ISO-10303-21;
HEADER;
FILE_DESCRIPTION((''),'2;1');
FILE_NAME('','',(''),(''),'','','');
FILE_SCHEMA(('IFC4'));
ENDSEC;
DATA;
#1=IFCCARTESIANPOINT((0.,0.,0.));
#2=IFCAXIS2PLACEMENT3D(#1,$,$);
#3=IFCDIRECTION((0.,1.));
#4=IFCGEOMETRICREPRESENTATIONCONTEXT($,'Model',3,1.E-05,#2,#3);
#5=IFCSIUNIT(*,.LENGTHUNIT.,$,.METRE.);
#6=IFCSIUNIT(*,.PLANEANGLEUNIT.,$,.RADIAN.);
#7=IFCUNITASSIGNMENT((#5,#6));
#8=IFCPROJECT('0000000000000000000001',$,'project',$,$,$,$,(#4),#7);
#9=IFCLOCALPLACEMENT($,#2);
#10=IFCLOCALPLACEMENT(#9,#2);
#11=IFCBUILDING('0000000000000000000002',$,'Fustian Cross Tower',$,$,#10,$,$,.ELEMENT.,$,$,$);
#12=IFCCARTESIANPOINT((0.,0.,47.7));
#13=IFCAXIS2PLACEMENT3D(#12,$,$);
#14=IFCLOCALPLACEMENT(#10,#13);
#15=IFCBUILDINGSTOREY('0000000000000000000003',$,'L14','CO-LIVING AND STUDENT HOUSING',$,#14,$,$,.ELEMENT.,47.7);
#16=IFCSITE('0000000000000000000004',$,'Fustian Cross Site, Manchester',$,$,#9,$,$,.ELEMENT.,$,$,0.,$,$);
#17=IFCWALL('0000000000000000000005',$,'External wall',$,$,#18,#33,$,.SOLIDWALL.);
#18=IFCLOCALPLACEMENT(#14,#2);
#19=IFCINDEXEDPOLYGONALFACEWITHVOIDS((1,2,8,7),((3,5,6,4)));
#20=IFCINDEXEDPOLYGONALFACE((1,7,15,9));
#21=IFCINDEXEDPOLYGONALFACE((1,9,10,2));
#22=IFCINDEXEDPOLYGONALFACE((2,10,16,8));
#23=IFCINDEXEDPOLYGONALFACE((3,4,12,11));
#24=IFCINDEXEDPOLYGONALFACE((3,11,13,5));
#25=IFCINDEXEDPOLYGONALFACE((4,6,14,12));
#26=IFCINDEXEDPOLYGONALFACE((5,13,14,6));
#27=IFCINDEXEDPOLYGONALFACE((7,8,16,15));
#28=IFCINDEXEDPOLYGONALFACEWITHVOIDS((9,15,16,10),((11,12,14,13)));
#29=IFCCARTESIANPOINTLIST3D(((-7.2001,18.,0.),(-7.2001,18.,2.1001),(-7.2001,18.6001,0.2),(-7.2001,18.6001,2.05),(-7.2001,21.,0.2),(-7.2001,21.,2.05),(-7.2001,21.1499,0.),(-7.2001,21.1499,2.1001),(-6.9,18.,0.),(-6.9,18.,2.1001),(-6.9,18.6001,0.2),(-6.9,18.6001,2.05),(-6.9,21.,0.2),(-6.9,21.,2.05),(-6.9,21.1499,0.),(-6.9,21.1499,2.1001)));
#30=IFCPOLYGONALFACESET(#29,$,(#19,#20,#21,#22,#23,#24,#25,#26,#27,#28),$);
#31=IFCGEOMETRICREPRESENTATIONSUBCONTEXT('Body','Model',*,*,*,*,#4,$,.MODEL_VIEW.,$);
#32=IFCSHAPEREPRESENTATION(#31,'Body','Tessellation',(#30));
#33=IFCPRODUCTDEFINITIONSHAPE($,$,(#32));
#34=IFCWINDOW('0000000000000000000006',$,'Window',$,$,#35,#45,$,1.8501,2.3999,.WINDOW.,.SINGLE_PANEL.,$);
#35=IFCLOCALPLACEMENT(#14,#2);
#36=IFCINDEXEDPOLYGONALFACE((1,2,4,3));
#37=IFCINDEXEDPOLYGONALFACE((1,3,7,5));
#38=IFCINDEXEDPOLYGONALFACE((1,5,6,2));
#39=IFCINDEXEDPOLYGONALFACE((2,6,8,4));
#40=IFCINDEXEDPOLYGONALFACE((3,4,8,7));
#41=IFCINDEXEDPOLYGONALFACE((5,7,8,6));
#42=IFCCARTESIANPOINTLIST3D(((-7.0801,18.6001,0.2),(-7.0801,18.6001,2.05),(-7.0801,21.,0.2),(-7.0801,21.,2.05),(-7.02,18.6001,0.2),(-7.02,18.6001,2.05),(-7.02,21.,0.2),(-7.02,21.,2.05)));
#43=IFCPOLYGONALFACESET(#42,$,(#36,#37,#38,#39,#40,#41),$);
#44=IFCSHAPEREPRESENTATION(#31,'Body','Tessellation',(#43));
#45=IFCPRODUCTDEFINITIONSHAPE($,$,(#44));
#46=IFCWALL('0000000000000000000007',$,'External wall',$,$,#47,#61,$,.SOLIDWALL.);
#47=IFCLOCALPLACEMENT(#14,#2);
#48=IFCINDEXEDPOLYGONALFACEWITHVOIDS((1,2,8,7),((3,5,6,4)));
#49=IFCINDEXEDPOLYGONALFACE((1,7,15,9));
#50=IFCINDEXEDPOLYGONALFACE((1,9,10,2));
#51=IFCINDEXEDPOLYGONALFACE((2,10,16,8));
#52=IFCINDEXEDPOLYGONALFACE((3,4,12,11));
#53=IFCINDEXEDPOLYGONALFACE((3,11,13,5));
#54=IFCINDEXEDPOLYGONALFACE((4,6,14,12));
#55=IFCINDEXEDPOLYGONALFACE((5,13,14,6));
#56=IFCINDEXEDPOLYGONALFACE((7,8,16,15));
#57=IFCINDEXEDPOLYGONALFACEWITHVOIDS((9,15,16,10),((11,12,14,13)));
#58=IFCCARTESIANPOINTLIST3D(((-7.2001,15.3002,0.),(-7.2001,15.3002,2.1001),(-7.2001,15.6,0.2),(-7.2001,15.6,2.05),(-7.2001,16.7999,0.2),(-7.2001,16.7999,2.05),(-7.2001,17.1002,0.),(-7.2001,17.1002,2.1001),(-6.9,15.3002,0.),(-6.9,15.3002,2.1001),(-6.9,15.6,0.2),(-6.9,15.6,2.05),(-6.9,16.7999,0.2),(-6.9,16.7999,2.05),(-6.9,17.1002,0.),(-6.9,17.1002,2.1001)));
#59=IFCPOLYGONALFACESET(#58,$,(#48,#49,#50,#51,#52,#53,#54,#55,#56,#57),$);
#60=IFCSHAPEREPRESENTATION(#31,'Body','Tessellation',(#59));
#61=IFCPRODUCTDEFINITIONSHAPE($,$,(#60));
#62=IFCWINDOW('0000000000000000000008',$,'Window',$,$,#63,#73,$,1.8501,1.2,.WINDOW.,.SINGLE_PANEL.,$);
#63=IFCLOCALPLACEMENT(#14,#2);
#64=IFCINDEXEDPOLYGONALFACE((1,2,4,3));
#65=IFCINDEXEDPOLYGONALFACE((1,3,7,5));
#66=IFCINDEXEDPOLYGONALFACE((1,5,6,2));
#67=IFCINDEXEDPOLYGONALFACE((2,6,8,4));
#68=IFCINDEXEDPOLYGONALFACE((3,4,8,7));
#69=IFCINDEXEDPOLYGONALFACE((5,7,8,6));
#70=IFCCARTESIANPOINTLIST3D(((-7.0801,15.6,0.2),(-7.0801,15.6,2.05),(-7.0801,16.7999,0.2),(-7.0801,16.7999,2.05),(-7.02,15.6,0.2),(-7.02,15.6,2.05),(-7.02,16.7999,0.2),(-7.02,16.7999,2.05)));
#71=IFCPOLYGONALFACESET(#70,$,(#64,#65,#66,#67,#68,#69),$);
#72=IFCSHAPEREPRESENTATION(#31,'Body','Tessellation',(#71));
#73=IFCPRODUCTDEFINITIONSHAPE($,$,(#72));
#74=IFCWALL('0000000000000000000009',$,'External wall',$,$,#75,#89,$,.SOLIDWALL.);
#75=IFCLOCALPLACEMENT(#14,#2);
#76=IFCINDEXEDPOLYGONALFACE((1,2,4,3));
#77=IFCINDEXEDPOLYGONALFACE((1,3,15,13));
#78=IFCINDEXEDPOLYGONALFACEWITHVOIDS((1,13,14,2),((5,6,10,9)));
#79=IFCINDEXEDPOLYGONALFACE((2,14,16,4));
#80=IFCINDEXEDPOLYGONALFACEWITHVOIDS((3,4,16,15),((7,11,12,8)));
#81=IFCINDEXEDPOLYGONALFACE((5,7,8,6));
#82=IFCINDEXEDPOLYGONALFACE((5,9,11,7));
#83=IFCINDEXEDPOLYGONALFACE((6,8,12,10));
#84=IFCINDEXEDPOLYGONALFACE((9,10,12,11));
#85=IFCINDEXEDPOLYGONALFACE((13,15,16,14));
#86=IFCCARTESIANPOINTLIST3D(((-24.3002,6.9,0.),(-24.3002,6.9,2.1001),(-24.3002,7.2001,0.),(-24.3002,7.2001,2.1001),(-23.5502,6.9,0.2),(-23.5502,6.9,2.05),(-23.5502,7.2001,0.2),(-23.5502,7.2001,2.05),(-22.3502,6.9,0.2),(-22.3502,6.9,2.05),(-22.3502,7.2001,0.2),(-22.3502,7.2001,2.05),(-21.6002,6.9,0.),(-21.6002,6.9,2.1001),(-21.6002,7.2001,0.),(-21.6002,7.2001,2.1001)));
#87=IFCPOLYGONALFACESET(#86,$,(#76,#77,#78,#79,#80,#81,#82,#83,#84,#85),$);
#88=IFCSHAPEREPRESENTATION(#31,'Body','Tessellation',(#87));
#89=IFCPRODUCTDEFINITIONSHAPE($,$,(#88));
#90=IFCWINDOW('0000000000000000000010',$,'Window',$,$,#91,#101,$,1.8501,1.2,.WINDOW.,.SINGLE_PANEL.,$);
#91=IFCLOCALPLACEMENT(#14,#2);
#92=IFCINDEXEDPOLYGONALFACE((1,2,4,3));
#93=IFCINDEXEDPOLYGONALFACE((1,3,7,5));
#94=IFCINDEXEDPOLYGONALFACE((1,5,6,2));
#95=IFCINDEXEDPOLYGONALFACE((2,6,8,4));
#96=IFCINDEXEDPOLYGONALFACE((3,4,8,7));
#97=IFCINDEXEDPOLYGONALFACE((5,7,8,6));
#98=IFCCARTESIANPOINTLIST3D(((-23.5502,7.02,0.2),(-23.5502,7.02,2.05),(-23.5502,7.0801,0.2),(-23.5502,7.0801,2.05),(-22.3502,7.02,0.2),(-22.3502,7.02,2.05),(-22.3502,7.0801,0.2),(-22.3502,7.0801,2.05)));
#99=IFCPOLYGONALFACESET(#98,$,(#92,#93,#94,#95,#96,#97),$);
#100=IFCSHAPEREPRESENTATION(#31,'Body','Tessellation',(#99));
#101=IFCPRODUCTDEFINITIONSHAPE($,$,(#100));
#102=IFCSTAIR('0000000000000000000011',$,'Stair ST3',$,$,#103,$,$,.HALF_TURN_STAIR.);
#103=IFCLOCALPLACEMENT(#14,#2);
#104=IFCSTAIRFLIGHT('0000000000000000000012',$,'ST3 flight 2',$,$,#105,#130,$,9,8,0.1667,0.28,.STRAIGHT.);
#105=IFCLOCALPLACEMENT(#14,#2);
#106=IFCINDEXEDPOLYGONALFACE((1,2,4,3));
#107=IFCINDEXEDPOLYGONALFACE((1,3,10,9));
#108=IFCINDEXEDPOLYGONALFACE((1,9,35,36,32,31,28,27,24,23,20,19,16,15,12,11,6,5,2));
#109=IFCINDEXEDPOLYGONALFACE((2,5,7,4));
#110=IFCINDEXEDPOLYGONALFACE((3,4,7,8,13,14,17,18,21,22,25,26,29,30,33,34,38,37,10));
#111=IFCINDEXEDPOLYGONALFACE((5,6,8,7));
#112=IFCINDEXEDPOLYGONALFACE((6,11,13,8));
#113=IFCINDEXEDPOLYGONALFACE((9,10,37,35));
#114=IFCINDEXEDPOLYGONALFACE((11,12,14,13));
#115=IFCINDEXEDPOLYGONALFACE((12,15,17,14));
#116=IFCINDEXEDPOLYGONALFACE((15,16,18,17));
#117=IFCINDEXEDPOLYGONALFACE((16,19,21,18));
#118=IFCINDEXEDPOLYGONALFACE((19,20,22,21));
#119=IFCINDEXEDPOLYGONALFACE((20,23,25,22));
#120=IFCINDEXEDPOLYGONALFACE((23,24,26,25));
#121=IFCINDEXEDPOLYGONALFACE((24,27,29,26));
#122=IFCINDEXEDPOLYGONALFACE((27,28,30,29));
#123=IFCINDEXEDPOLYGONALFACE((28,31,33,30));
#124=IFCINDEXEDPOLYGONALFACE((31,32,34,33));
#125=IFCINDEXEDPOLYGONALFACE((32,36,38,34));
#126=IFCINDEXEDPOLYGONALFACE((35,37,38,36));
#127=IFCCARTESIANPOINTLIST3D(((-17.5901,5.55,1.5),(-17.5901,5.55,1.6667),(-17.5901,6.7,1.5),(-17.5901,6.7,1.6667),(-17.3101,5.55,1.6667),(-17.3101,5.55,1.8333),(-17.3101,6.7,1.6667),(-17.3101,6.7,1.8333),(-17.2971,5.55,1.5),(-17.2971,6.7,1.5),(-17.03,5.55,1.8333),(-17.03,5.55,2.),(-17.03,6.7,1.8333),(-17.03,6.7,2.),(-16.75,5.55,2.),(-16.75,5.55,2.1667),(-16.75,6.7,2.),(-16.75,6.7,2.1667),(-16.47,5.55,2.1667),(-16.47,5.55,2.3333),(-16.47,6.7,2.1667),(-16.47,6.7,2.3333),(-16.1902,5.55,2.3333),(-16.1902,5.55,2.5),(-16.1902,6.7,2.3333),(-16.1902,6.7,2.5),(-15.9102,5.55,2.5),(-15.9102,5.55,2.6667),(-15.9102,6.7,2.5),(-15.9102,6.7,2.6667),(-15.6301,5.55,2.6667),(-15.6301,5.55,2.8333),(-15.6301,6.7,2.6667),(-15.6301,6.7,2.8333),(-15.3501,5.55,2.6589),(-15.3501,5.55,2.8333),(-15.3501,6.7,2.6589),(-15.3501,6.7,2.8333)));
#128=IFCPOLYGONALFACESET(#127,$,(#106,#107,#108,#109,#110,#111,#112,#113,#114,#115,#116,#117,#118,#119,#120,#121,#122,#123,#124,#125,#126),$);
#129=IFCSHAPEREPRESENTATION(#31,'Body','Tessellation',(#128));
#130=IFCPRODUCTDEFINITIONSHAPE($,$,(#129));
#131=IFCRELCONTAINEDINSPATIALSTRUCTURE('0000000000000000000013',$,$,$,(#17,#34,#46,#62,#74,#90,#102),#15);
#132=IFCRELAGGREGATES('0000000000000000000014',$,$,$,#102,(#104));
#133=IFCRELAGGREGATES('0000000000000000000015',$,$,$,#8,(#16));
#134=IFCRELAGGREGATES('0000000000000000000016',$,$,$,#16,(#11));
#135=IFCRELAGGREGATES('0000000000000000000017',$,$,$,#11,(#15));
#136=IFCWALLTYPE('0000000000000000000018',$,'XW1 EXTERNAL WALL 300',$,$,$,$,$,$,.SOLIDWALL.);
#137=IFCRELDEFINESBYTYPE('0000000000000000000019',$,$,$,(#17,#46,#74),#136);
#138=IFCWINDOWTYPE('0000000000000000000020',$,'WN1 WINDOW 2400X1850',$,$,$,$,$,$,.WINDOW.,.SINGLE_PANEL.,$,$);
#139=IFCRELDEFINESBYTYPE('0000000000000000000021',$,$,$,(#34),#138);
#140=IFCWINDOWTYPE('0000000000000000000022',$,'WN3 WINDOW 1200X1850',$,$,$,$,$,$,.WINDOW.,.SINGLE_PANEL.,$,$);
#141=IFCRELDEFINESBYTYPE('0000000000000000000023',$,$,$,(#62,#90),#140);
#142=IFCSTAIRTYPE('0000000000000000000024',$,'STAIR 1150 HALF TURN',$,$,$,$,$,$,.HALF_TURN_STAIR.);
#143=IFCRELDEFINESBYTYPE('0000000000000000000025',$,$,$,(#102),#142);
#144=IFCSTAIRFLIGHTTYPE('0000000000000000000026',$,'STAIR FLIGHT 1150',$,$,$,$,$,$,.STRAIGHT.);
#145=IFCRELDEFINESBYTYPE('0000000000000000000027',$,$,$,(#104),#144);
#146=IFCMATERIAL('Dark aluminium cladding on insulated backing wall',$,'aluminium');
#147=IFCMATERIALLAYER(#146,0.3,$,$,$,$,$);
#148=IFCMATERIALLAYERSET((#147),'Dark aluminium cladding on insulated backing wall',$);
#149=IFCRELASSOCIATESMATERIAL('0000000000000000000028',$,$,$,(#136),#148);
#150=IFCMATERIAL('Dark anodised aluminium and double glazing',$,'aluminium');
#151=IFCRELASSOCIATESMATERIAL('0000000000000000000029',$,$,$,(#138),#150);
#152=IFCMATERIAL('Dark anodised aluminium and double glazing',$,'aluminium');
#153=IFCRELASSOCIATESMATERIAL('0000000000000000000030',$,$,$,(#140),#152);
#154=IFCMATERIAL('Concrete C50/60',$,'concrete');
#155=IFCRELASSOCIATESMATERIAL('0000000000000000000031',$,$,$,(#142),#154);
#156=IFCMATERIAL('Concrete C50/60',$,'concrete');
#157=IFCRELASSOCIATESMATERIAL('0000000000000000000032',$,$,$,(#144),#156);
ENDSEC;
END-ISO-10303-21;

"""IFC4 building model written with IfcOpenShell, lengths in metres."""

from ifc_helpers import new_model, si_unit, direction, frame, frame_2d, origin, place, context, subcontext, project, spatial, polyline, rectangle, outline, extrude, material, layer, layer_set, type_object, element, fill, aggregate, save


model = new_model("IFC4")

# Units and contexts
model_context = context("Model", 3, precision=1e-05, world=origin(), true_north=direction((0.0, 1.0)))
body_context = subcontext(model_context, "Body", "Model", "MODEL_VIEW")
ifc_project = project(units=[si_unit("LENGTHUNIT", "METRE"), si_unit("PLANEANGLEUNIT", "RADIAN")], contexts=[model_context])

# Site, building, storey
site_placement = place(None, origin())
site = spatial("IfcSite", under=ifc_project, at=site_placement, Name="Fustian Cross Site, Manchester", CompositionType="ELEMENT", RefElevation=0.0)
building_placement = place(site_placement, origin())
building = spatial("IfcBuilding", under=site, at=building_placement, Name="Fustian Cross Tower", CompositionType="ELEMENT")
storey_placement = place(building_placement, frame((0.0, 0.0, 47.7)))
storey = spatial("IfcBuildingStorey", under=building, at=storey_placement, Name="L14", Description="CO-LIVING AND STUDENT HOUSING", CompositionType="ELEMENT", Elevation=47.7)

# Shared definitions
ifc_material_1 = material(Name="Dark aluminium cladding on insulated backing wall", Category="aluminium")
ifc_layer_1 = layer(ifc_material_1, 0.3)
ifc_layer_set_1 = layer_set([ifc_layer_1], Name="Dark aluminium cladding on insulated backing wall")
wall_type_1 = type_object("IfcWallType", Name="XW1 EXTERNAL WALL 300", PredefinedType="SOLIDWALL", material=ifc_layer_set_1)

# Shared definitions
ifc_material_2 = material(Name="Dark anodised aluminium and double glazing", Category="aluminium")
window_type_1 = type_object("IfcWindowType", Name="WN1 WINDOW 2400X1850", PartitioningType="SINGLE_PANEL", PredefinedType="WINDOW", material=ifc_material_2)

# Walls, openings, windows
wall_1_placement = place(storey_placement, frame((-7.05, 21.1499, 0.0), z_axis=(0.0, 0.0, 1.0), x_axis=(0.0, -1.0, 0.0)))
wall_1 = element("IfcWall", 1, at=wall_1_placement, inside=storey, type_object=wall_type_1, Name="External wall", PredefinedType="SOLIDWALL", context=body_context, shape_type="SweptSolid", body=[
    extrude(rectangle(XDim=3.1499, YDim=0.3, at=frame_2d((1.575, 0.0))), origin(), (0.0, 0.0, 1.0), 2.1001),
])
opening_1_placement = place(wall_1_placement, frame((0.1499, 0.0, 0.2)))
opening_1 = element("IfcOpeningElement", 2, at=opening_1_placement, cuts=wall_1, PredefinedType="OPENING", context=body_context, shape_type="SweptSolid", body=[
    extrude(rectangle(XDim=2.3999, YDim=1.8501, at=frame_2d((1.2, 0.925))), frame((0.0, 0.1599, 0.0), z_axis=(0.0, -1.0, 0.0), x_axis=(1.0, 0.0, 0.0)), (0.0, 0.0, 1.0), 0.3201),
])
window_1_placement = place(opening_1_placement, origin())
window_1 = element("IfcWindow", 3, at=window_1_placement, inside=storey, type_object=window_type_1, Name="Window", OverallHeight=1.8501, OverallWidth=2.3999, PartitioningType="SINGLE_PANEL", PredefinedType="WINDOW", context=body_context, shape_type="SweptSolid", body=[
    extrude(rectangle(XDim=2.3999, YDim=1.8501, at=frame_2d((1.2, 0.925))), frame((0.0, 0.03, 0.0), z_axis=(0.0, -1.0, 0.0), x_axis=(1.0, 0.0, 0.0)), (0.0, 0.0, 1.0), 0.0601),
])
fill(opening_1, window_1)
wall_2_placement = place(storey_placement, frame((-7.05, 17.1001, 0.0), z_axis=(0.0, 0.0, 1.0), x_axis=(0.0, -1.0, 0.0)))
wall_2 = element("IfcWall", 4, at=wall_2_placement, inside=storey, type_object=wall_type_1, Name="External wall", PredefinedType="SOLIDWALL", context=body_context, shape_type="SweptSolid", body=[
    extrude(rectangle(XDim=1.8, YDim=0.3, at=frame_2d((0.8999, 0.0))), origin(), (0.0, 0.0, 1.0), 2.1001),
])
opening_2_placement = place(wall_2_placement, frame((0.3, 0.0, 0.2)))
opening_2 = element("IfcOpeningElement", 5, at=opening_2_placement, cuts=wall_2, PredefinedType="OPENING", context=body_context, shape_type="SweptSolid", body=[
    extrude(rectangle(XDim=1.2, YDim=1.8501, at=frame_2d((0.6001, 0.925))), frame((0.0, 0.1599, 0.0), z_axis=(0.0, -1.0, 0.0), x_axis=(1.0, 0.0, 0.0)), (0.0, 0.0, 1.0), 0.3201),
])
ifc_material_3 = material(Name="Dark anodised aluminium and double glazing", Category="aluminium")
window_type_2 = type_object("IfcWindowType", Name="WN3 WINDOW 1200X1850", PartitioningType="SINGLE_PANEL", PredefinedType="WINDOW", material=ifc_material_3)
window_2_placement = place(opening_2_placement, origin())
window_2 = element("IfcWindow", 6, at=window_2_placement, inside=storey, type_object=window_type_2, Name="Window", OverallHeight=1.8501, OverallWidth=1.2, PartitioningType="SINGLE_PANEL", PredefinedType="WINDOW", context=body_context, shape_type="SweptSolid", body=[
    extrude(rectangle(XDim=1.2, YDim=1.8501, at=frame_2d((0.6001, 0.925))), frame((0.0, 0.03, 0.0), z_axis=(0.0, -1.0, 0.0), x_axis=(1.0, 0.0, 0.0)), (0.0, 0.0, 1.0), 0.0601),
])
fill(opening_2, window_2)
wall_3_placement = place(storey_placement, frame((-21.6001, 7.05, 0.0), z_axis=(0.0, 0.0, 1.0), x_axis=(-1.0, 0.0, 0.0)))
wall_3 = element("IfcWall", 7, at=wall_3_placement, inside=storey, type_object=wall_type_1, Name="External wall", PredefinedType="SOLIDWALL", context=body_context, shape_type="SweptSolid", body=[
    extrude(rectangle(XDim=2.7, YDim=0.3, at=frame_2d((1.3501, 0.0))), origin(), (0.0, 0.0, 1.0), 2.1001),
])
opening_3_placement = place(wall_3_placement, frame((0.75, 0.0, 0.2)))
opening_3 = element("IfcOpeningElement", 8, at=opening_3_placement, cuts=wall_3, PredefinedType="OPENING", context=body_context, shape_type="SweptSolid", body=[
    extrude(rectangle(XDim=1.2, YDim=1.8501, at=frame_2d((0.6001, 0.925))), frame((0.0, 0.1599, 0.0), z_axis=(0.0, -1.0, 0.0), x_axis=(1.0, 0.0, 0.0)), (0.0, 0.0, 1.0), 0.3201),
])
window_3_placement = place(opening_3_placement, origin())
window_3 = element("IfcWindow", 9, at=window_3_placement, inside=storey, type_object=window_type_2, Name="Window", OverallHeight=1.8501, OverallWidth=1.2, PartitioningType="SINGLE_PANEL", PredefinedType="WINDOW", context=body_context, shape_type="SweptSolid", body=[
    extrude(rectangle(XDim=1.2, YDim=1.8501, at=frame_2d((0.6001, 0.925))), frame((0.0, 0.03, 0.0), z_axis=(0.0, -1.0, 0.0), x_axis=(1.0, 0.0, 0.0)), (0.0, 0.0, 1.0), 0.0601),
])
fill(opening_3, window_3)

# Stair, stair flight
ifc_material_4 = material(Name="Concrete C50/60", Category="concrete")
stair_type = type_object("IfcStairType", Name="STAIR 1150 HALF TURN", PredefinedType="HALF_TURN_STAIR", material=ifc_material_4)
stair_placement = place(storey_placement, origin())
stair = element("IfcStair", 10, at=stair_placement, inside=storey, type_object=stair_type, Name="Stair ST3", PredefinedType="HALF_TURN_STAIR")
ifc_material_5 = material(Name="Concrete C50/60", Category="concrete")
stair_flight_type = type_object("IfcStairFlightType", Name="STAIR FLIGHT 1150", PredefinedType="STRAIGHT", material=ifc_material_5)
stair_flight_placement = place(storey_placement, frame((-17.5901, 6.125, 1.5), z_axis=(0.0, 0.0, 1.0), x_axis=(1.0, 0.0, 0.0)))
stair_flight = element("IfcStairFlight", 11, at=stair_flight_placement, type_object=stair_flight_type, Name="ST3 flight 2", NumberOfRisers=9, NumberOfTreads=8, PredefinedType="STRAIGHT", RiserHeight=0.1667, TreadLength=0.28, context=body_context, shape_type="SweptSolid", body=[
    extrude(outline(polyline([(0.0, 0.0), (0.0, 0.1667), (0.28, 0.1667), (0.28, 0.3333), (0.5601, 0.3333), (0.5601, 0.5), (0.8401, 0.5), (0.8401, 0.6667), (1.1201, 0.6667), (1.1201, 0.8333), (1.3999, 0.8333), (1.3999, 1.0), (1.6799, 1.0), (1.6799, 1.1667), (1.96, 1.1667), (1.96, 1.3333), (2.24, 1.3333), (2.24, 1.5), (2.24, 1.1589), (0.293, 0.0), (0.0, 0.0)])), frame((0.0, 0.575, 0.0), z_axis=(0.0, -1.0, 0.0), x_axis=(1.0, 0.0, 0.0)), (0.0, 0.0, 1.0), 1.1499),
])
aggregate(stair, [stair_flight])

save(model, "model.ifc")
